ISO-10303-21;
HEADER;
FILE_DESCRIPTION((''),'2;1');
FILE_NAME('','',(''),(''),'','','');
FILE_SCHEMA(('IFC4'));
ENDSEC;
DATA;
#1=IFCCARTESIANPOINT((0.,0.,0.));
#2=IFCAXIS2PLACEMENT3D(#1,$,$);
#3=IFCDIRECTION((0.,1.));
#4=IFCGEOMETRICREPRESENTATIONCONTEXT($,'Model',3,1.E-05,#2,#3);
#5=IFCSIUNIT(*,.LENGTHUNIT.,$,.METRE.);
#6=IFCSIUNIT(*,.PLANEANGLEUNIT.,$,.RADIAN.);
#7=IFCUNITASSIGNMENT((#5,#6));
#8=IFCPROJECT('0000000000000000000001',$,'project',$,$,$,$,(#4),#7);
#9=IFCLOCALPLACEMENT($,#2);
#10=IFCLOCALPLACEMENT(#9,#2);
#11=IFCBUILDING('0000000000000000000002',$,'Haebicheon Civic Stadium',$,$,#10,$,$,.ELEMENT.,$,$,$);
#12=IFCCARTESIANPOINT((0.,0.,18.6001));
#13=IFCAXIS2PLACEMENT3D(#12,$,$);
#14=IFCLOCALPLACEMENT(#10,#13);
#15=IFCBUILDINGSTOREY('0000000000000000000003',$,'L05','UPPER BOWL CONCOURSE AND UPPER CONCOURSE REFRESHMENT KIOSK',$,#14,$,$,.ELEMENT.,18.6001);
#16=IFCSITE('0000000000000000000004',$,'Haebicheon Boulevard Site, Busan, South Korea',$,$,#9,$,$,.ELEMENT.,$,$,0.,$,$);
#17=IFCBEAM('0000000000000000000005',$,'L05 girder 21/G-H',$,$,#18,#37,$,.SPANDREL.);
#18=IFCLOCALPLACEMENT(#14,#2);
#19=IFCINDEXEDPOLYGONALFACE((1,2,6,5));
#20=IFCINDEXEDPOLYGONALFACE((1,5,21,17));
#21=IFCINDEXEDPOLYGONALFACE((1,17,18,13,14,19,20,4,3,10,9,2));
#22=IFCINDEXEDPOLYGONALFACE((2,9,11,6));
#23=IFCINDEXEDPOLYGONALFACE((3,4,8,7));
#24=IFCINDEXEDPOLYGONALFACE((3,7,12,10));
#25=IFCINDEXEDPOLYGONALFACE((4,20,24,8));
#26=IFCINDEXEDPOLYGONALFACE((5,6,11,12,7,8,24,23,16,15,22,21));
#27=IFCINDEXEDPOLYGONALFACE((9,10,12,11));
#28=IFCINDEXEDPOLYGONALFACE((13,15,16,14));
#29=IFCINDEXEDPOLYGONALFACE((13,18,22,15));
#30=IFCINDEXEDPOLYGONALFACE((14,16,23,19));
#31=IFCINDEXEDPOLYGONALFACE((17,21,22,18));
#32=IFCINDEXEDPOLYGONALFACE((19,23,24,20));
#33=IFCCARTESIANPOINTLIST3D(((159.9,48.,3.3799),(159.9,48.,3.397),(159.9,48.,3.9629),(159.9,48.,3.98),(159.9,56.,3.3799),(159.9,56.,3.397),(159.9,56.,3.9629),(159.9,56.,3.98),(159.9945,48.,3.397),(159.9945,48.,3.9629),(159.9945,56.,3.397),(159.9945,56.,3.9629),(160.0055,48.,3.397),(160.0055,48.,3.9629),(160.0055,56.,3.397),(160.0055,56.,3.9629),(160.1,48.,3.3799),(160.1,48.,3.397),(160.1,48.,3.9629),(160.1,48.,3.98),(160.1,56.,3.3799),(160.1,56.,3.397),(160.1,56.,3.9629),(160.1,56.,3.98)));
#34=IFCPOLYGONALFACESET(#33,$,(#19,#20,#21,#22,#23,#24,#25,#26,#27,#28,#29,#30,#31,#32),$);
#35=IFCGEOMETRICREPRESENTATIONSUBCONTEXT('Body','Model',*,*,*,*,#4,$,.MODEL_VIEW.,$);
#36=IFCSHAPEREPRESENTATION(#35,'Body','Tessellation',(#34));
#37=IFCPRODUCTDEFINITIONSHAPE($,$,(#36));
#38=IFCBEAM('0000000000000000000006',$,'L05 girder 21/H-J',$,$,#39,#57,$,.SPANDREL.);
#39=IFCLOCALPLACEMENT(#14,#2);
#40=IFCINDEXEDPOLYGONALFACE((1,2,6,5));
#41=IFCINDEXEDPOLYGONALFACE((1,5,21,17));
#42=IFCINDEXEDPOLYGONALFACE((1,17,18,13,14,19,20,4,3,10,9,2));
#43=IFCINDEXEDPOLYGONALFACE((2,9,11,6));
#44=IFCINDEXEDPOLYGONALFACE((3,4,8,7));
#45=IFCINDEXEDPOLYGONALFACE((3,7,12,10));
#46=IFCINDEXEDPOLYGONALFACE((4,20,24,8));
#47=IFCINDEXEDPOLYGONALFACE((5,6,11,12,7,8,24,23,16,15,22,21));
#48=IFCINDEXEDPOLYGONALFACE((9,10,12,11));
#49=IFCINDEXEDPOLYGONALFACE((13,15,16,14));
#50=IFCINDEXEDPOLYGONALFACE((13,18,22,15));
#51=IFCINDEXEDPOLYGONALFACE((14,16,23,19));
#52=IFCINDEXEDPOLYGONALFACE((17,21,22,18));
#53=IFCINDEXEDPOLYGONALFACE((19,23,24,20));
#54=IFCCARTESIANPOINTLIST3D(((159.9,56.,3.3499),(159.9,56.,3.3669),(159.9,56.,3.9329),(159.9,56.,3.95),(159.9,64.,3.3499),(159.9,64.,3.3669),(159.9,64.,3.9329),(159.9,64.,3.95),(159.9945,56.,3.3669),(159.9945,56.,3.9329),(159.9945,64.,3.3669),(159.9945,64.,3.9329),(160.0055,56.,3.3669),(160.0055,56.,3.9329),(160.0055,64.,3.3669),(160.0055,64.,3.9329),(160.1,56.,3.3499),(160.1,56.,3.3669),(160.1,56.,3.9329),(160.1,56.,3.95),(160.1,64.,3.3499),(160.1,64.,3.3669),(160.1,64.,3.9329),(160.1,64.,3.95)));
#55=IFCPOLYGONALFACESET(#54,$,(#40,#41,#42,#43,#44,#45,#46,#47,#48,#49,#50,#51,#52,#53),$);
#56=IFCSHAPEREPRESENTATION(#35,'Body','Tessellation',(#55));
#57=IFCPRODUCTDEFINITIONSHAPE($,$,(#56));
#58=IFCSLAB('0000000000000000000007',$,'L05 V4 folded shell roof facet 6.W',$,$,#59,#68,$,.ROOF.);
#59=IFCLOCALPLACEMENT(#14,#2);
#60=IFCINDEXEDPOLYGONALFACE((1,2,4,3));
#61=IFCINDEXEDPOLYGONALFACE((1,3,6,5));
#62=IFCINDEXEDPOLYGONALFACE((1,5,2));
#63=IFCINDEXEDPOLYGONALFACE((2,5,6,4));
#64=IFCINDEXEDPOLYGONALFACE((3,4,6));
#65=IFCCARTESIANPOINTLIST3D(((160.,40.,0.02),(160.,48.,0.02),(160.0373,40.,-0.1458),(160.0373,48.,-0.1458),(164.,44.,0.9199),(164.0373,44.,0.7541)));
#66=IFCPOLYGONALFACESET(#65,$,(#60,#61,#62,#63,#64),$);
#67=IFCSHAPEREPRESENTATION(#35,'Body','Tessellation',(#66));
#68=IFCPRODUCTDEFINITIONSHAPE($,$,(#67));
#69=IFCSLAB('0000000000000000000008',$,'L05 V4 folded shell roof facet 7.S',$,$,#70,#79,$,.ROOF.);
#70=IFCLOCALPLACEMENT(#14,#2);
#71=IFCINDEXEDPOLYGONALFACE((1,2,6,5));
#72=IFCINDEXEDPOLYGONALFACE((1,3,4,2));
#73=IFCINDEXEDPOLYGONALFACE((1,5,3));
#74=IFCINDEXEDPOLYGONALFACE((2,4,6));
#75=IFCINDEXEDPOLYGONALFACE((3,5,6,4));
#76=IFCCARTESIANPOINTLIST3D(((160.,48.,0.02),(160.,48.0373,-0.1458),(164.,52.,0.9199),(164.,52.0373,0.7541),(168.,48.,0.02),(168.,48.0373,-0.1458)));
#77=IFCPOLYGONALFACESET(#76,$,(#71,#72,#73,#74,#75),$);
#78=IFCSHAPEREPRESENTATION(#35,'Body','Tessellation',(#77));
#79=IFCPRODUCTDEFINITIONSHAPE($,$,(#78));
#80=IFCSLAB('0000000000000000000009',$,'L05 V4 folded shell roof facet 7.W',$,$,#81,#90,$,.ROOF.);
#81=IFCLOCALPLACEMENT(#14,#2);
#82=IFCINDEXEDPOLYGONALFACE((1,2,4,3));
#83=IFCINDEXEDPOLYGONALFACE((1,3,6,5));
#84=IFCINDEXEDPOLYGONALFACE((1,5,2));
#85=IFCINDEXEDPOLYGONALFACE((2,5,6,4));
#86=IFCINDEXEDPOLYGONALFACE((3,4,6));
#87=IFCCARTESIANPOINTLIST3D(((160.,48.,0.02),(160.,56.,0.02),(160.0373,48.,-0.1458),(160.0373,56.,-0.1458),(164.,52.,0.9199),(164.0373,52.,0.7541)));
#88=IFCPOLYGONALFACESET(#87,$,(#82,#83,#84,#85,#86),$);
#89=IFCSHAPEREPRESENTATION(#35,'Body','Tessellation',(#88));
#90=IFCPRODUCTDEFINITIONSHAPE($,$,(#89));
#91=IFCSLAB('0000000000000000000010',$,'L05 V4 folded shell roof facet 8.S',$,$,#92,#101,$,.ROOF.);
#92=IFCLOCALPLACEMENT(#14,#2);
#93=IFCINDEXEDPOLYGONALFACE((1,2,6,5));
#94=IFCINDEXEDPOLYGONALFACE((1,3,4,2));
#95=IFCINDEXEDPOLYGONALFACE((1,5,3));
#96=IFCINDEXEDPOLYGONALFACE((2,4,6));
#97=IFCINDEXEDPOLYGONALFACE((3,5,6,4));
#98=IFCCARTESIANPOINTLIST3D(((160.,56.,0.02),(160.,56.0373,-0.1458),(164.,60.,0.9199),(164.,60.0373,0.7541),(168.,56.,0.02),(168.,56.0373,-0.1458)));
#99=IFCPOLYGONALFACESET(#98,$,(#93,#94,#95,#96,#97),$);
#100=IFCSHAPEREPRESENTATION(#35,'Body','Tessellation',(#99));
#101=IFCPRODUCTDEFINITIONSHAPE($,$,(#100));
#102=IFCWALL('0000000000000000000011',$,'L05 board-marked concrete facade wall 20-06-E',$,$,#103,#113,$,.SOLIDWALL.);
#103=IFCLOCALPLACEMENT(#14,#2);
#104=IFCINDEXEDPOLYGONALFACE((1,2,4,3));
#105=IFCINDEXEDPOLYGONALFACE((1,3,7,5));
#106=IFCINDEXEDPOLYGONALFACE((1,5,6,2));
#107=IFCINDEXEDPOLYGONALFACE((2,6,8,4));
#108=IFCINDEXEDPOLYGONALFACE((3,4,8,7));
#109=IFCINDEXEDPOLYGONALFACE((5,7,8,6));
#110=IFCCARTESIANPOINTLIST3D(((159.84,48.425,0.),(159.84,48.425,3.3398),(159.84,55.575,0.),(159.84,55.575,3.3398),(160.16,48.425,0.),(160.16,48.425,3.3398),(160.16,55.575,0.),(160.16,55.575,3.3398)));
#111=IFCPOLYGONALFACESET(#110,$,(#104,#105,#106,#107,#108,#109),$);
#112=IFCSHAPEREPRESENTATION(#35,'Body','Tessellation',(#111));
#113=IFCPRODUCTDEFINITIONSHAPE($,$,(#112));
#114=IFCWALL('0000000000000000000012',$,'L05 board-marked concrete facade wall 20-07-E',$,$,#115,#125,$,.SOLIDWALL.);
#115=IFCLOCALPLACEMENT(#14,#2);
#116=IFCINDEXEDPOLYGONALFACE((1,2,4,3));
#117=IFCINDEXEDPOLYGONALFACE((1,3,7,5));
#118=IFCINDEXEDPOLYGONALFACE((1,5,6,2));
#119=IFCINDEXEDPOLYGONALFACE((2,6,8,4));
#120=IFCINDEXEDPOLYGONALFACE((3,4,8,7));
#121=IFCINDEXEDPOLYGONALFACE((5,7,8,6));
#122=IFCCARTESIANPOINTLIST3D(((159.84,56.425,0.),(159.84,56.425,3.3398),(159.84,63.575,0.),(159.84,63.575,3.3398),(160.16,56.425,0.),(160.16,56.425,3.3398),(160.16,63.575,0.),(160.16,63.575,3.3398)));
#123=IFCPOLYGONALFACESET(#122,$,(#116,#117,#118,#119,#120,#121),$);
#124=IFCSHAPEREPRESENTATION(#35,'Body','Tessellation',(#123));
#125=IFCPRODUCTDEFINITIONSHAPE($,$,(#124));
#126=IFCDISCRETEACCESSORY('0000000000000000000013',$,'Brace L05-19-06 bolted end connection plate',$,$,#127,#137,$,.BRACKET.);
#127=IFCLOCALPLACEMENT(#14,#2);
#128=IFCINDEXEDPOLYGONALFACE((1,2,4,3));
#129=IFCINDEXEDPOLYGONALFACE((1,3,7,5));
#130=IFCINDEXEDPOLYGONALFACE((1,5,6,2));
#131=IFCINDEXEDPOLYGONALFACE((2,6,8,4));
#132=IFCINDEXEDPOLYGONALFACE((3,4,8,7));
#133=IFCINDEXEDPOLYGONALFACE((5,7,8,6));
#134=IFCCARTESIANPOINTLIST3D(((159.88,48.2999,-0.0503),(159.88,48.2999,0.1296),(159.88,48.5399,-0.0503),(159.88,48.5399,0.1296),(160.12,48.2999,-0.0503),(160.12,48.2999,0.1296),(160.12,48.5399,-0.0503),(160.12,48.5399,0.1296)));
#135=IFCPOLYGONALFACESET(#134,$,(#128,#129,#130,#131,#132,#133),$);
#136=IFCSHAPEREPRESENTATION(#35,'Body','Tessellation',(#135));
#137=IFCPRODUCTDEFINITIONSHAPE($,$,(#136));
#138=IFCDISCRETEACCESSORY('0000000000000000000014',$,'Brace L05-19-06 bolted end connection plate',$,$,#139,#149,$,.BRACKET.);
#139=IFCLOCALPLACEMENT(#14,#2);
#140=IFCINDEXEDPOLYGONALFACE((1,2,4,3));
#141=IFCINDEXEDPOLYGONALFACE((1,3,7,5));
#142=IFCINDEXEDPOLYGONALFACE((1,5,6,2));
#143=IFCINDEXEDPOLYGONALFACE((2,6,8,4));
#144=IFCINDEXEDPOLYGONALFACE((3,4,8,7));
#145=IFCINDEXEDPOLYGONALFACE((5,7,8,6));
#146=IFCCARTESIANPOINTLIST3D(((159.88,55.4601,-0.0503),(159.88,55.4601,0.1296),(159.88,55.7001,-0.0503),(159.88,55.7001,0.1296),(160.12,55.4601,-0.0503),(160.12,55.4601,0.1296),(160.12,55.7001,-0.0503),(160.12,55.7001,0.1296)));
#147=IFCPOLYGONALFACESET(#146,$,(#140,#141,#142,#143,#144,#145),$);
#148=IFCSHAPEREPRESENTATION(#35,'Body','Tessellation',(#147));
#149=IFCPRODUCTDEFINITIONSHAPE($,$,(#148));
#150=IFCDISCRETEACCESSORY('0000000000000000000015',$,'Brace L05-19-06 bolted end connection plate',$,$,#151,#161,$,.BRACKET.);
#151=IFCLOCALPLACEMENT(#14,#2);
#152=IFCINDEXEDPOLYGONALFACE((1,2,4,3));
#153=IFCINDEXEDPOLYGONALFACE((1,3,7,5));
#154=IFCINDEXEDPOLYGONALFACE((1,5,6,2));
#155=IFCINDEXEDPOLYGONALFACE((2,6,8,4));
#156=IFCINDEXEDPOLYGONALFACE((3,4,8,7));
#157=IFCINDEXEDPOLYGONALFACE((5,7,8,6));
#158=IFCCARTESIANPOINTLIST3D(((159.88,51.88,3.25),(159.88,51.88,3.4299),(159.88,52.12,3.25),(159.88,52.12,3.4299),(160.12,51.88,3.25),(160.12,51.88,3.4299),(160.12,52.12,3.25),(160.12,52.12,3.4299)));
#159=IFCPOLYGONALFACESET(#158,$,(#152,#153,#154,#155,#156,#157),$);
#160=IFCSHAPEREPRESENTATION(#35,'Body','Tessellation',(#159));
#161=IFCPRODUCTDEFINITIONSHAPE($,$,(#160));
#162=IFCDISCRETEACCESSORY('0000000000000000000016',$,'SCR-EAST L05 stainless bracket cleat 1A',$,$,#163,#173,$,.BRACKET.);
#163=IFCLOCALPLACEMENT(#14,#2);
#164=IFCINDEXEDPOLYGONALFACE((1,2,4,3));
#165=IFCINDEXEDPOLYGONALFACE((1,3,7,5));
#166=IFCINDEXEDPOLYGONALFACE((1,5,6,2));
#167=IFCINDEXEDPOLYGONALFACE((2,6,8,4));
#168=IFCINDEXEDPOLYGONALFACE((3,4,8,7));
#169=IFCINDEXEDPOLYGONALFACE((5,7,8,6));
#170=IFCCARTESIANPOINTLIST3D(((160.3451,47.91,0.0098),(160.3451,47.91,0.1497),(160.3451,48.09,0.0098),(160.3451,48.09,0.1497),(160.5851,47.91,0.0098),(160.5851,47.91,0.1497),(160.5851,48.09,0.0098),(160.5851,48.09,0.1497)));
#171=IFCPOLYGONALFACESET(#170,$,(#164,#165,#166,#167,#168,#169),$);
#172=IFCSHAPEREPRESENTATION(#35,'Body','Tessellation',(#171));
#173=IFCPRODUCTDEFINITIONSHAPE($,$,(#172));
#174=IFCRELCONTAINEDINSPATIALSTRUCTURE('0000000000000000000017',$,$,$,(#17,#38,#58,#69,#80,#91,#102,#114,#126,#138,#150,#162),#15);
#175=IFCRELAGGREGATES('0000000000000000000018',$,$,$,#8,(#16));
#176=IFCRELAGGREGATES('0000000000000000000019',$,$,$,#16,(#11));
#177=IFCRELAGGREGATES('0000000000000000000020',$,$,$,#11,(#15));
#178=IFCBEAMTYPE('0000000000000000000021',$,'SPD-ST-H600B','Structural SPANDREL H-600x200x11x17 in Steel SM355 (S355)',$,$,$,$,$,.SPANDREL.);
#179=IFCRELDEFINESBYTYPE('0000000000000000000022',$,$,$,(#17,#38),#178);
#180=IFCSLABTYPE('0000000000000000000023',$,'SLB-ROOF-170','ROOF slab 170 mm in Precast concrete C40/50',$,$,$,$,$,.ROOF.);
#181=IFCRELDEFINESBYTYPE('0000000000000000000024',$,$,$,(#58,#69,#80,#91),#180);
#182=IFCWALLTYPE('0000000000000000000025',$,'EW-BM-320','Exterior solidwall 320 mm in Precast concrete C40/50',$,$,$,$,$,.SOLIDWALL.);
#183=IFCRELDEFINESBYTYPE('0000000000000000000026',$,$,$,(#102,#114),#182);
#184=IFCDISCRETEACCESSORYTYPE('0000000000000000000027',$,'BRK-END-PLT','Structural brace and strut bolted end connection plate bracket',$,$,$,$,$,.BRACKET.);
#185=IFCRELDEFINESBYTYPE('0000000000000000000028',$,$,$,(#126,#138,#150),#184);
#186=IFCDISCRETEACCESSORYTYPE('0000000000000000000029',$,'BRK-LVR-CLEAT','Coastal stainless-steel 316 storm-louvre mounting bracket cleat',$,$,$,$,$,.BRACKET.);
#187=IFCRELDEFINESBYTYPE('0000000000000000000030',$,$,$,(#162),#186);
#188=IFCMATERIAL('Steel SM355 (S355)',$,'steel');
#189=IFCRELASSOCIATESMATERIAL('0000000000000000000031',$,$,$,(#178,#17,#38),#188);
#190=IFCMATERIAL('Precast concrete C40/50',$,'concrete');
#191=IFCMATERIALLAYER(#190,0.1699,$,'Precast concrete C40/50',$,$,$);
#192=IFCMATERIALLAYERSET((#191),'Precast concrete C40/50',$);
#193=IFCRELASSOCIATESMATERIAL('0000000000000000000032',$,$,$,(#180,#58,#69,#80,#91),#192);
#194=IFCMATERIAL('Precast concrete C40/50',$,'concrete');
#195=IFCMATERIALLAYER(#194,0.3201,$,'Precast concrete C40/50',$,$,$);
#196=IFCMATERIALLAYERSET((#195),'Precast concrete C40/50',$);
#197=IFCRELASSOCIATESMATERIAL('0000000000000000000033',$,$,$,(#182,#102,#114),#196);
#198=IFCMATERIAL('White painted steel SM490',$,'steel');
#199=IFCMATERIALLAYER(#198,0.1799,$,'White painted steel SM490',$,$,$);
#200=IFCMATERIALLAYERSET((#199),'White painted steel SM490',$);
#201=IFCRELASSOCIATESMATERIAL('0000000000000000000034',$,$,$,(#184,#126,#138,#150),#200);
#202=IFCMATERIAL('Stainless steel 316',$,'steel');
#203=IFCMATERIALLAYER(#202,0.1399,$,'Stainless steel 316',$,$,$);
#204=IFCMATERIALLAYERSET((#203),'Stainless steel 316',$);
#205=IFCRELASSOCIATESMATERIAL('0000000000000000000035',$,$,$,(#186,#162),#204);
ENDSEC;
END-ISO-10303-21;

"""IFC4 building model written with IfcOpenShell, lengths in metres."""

from ifc_helpers import new_model, si_unit, direction, frame, frame_2d, origin, origin_2d, place, context, subcontext, project, spatial, polyline, rectangle, i_section, outline, extrude, material, layer, layer_set, material_profile, profile_set, type_object, element, save


model = new_model("IFC4")

# Units and contexts
model_context = context("Model", 3, precision=1e-05, world=origin(), true_north=direction((0.0, 1.0)))
body_context = subcontext(model_context, "Body", "Model", "MODEL_VIEW")
ifc_project = project(units=[si_unit("LENGTHUNIT", "METRE"), si_unit("PLANEANGLEUNIT", "RADIAN")], contexts=[model_context])

# Site, building, storey
site_placement = place(None, origin())
site = spatial("IfcSite", under=ifc_project, at=site_placement, Name="Haebicheon Boulevard Site, Busan, South Korea", CompositionType="ELEMENT", RefElevation=0.0)
building_placement = place(site_placement, origin())
building = spatial("IfcBuilding", under=site, at=building_placement, Name="Haebicheon Civic Stadium", CompositionType="ELEMENT")
storey_placement = place(building_placement, frame((0.0, 0.0, 18.6001)))
storey = spatial("IfcBuildingStorey", under=building, at=storey_placement, Name="L05", Description="UPPER BOWL CONCOURSE AND UPPER CONCOURSE REFRESHMENT KIOSK", CompositionType="ELEMENT", Elevation=18.6001)

# Beams
ifc_material_1 = material(Name="Steel SM355 (S355)", Category="steel")
ifc_material_profile_1 = material_profile(ifc_material_1, i_section(OverallWidth=0.2, OverallDepth=0.6001, WebThickness=0.011, FlangeThickness=0.0171, at=origin_2d()), Name="H-600x200x11x17")
ifc_profile_set_1 = profile_set([ifc_material_profile_1], Name="Steel SM355 (S355)")
beam_type = type_object("IfcBeamType", Name="SPD-ST-H600B", Description="Structural SPANDREL H-600x200x11x17 in Steel SM355 (S355)", PredefinedType="SPANDREL", material=ifc_profile_set_1)
for number, where, z_axis, x_axis, name in (
    (1, (160.0, 48.0, 3.6799), (0.0, 1.0, 0.0), (-1.0, 0.0, 0.0), "L05 girder 21/G-H"),
    (2, (160.0, 56.0, 3.6499), (0.0, 1.0, 0.0), (-1.0, 0.0, 0.0), "L05 girder 21/H-J"),
):
    element("IfcBeam", number, at=place(storey_placement, frame(where, z_axis=z_axis, x_axis=x_axis)), inside=storey, type_object=beam_type, material=ifc_profile_set_1, Name=name, PredefinedType="SPANDREL", context=body_context, shape_type="SweptSolid", body=[
        extrude(i_section(OverallWidth=0.2, OverallDepth=0.6001, WebThickness=0.011, FlangeThickness=0.0171, at=origin_2d()), origin(), (0.0, 0.0, 1.0), 8.0),
    ])

# Slabs
ifc_material_2 = material(Name="Precast concrete C40/50", Category="concrete")
ifc_layer_1 = layer(ifc_material_2, 0.1699, Name="Precast concrete C40/50")
ifc_layer_set_1 = layer_set([ifc_layer_1], Name="Precast concrete C40/50")
slab_type = type_object("IfcSlabType", Name="SLB-ROOF-170", Description="ROOF slab 170 mm in Precast concrete C40/50", PredefinedType="ROOF", material=ifc_layer_set_1)
for number, where, z_axis, x_axis, name in (
    (3, (160.0, 48.0, 0.02), (-0.21949, 0.0, 0.975615), (0.0, -1.0, 0.0), "L05 V4 folded shell roof facet 6.W"),
    (4, (160.0, 48.0, 0.02), (0.0, -0.21949, 0.975615), (1.0, 0.0, 0.0), "L05 V4 folded shell roof facet 7.S"),
    (5, (160.0, 56.0, 0.02), (-0.21949, 0.0, 0.975615), (0.0, -1.0, 0.0), "L05 V4 folded shell roof facet 7.W"),
    (6, (160.0, 56.0, 0.02), (0.0, -0.21949, 0.975615), (1.0, 0.0, 0.0), "L05 V4 folded shell roof facet 8.S"),
):
    element("IfcSlab", number, at=place(storey_placement, frame(where, z_axis=z_axis, x_axis=x_axis)), inside=storey, type_object=slab_type, material=ifc_layer_set_1, Name=name, PredefinedType="ROOF", context=body_context, shape_type="SweptSolid", body=[
        extrude(outline(polyline([(0.0, 0.0), (8.0, 0.0), (4.0, 4.1), (0.0, 0.0)])), origin(), (0.0, 0.0, -1.0), 0.1699),
    ])

# Walls
ifc_material_3 = material(Name="Precast concrete C40/50", Category="concrete")
ifc_layer_2 = layer(ifc_material_3, 0.3201, Name="Precast concrete C40/50")
ifc_layer_set_2 = layer_set([ifc_layer_2], Name="Precast concrete C40/50")
wall_type = type_object("IfcWallType", Name="EW-BM-320", Description="Exterior solidwall 320 mm in Precast concrete C40/50", PredefinedType="SOLIDWALL", material=ifc_layer_set_2)
for number, where, z_axis, x_axis, name in (
    (7, (160.0, 48.425, 0.0), (0.0, 0.0, 1.0), (0.0, 1.0, 0.0), "L05 board-marked concrete facade wall 20-06-E"),
    (8, (160.0, 56.425, 0.0), (0.0, 0.0, 1.0), (0.0, 1.0, 0.0), "L05 board-marked concrete facade wall 20-07-E"),
):
    element("IfcWall", number, at=place(storey_placement, frame(where, z_axis=z_axis, x_axis=x_axis)), inside=storey, type_object=wall_type, material=ifc_layer_set_2, Name=name, PredefinedType="SOLIDWALL", context=body_context, shape_type="SweptSolid", body=[
        extrude(rectangle(XDim=7.1499, YDim=0.3201, at=frame_2d((3.575, 0.0))), origin(), (0.0, 0.0, 1.0), 3.3398),
    ])

# Discrete accessories
ifc_material_4 = material(Name="White painted steel SM490", Category="steel")
ifc_layer_3 = layer(ifc_material_4, 0.1799, Name="White painted steel SM490")
ifc_layer_set_3 = layer_set([ifc_layer_3], Name="White painted steel SM490")
discrete_accessory_type_1 = type_object("IfcDiscreteAccessoryType", Name="BRK-END-PLT", Description="Structural brace and strut bolted end connection plate bracket", PredefinedType="BRACKET", material=ifc_layer_set_3)
for number, where, z_axis, x_axis, name in (
    (9, (160.0, 48.4199, -0.0503), (0.0, 0.0, 1.0), (1.0, 0.0, 0.0), "Brace L05-19-06 bolted end connection plate"),
    (10, (160.0, 55.5801, -0.0503), (0.0, 0.0, 1.0), (1.0, 0.0, 0.0), "Brace L05-19-06 bolted end connection plate"),
    (11, (160.0, 52.0, 3.25), (0.0, 0.0, 1.0), (1.0, 0.0, 0.0), "Brace L05-19-06 bolted end connection plate"),
):
    element("IfcDiscreteAccessory", number, at=place(storey_placement, frame(where, z_axis=z_axis, x_axis=x_axis)), inside=storey, type_object=discrete_accessory_type_1, material=ifc_layer_set_3, Name=name, PredefinedType="BRACKET", context=body_context, shape_type="SweptSolid", body=[
        extrude(rectangle(XDim=0.24, YDim=0.24, at=origin_2d()), origin(), (0.0, 0.0, 1.0), 0.1799),
    ])
ifc_material_5 = material(Name="Stainless steel 316", Category="steel")
ifc_layer_4 = layer(ifc_material_5, 0.1399, Name="Stainless steel 316")
ifc_layer_set_4 = layer_set([ifc_layer_4], Name="Stainless steel 316")
discrete_accessory_type_2 = type_object("IfcDiscreteAccessoryType", Name="BRK-LVR-CLEAT", Description="Coastal stainless-steel 316 storm-louvre mounting bracket cleat", PredefinedType="BRACKET", material=ifc_layer_set_4)
discrete_accessory_placement = place(storey_placement, frame((160.4651, 48.0, 0.0098), z_axis=(0.0, 0.0, 1.0), x_axis=(1.0, 0.0, 0.0)))
element("IfcDiscreteAccessory", 12, at=discrete_accessory_placement, inside=storey, type_object=discrete_accessory_type_2, material=ifc_layer_set_4, Name="SCR-EAST L05 stainless bracket cleat 1A", PredefinedType="BRACKET", context=body_context, shape_type="SweptSolid", body=[
    extrude(rectangle(XDim=0.24, YDim=0.1799, at=origin_2d()), origin(), (0.0, 0.0, 1.0), 0.1399),
])

save(model, "model.ifc")
